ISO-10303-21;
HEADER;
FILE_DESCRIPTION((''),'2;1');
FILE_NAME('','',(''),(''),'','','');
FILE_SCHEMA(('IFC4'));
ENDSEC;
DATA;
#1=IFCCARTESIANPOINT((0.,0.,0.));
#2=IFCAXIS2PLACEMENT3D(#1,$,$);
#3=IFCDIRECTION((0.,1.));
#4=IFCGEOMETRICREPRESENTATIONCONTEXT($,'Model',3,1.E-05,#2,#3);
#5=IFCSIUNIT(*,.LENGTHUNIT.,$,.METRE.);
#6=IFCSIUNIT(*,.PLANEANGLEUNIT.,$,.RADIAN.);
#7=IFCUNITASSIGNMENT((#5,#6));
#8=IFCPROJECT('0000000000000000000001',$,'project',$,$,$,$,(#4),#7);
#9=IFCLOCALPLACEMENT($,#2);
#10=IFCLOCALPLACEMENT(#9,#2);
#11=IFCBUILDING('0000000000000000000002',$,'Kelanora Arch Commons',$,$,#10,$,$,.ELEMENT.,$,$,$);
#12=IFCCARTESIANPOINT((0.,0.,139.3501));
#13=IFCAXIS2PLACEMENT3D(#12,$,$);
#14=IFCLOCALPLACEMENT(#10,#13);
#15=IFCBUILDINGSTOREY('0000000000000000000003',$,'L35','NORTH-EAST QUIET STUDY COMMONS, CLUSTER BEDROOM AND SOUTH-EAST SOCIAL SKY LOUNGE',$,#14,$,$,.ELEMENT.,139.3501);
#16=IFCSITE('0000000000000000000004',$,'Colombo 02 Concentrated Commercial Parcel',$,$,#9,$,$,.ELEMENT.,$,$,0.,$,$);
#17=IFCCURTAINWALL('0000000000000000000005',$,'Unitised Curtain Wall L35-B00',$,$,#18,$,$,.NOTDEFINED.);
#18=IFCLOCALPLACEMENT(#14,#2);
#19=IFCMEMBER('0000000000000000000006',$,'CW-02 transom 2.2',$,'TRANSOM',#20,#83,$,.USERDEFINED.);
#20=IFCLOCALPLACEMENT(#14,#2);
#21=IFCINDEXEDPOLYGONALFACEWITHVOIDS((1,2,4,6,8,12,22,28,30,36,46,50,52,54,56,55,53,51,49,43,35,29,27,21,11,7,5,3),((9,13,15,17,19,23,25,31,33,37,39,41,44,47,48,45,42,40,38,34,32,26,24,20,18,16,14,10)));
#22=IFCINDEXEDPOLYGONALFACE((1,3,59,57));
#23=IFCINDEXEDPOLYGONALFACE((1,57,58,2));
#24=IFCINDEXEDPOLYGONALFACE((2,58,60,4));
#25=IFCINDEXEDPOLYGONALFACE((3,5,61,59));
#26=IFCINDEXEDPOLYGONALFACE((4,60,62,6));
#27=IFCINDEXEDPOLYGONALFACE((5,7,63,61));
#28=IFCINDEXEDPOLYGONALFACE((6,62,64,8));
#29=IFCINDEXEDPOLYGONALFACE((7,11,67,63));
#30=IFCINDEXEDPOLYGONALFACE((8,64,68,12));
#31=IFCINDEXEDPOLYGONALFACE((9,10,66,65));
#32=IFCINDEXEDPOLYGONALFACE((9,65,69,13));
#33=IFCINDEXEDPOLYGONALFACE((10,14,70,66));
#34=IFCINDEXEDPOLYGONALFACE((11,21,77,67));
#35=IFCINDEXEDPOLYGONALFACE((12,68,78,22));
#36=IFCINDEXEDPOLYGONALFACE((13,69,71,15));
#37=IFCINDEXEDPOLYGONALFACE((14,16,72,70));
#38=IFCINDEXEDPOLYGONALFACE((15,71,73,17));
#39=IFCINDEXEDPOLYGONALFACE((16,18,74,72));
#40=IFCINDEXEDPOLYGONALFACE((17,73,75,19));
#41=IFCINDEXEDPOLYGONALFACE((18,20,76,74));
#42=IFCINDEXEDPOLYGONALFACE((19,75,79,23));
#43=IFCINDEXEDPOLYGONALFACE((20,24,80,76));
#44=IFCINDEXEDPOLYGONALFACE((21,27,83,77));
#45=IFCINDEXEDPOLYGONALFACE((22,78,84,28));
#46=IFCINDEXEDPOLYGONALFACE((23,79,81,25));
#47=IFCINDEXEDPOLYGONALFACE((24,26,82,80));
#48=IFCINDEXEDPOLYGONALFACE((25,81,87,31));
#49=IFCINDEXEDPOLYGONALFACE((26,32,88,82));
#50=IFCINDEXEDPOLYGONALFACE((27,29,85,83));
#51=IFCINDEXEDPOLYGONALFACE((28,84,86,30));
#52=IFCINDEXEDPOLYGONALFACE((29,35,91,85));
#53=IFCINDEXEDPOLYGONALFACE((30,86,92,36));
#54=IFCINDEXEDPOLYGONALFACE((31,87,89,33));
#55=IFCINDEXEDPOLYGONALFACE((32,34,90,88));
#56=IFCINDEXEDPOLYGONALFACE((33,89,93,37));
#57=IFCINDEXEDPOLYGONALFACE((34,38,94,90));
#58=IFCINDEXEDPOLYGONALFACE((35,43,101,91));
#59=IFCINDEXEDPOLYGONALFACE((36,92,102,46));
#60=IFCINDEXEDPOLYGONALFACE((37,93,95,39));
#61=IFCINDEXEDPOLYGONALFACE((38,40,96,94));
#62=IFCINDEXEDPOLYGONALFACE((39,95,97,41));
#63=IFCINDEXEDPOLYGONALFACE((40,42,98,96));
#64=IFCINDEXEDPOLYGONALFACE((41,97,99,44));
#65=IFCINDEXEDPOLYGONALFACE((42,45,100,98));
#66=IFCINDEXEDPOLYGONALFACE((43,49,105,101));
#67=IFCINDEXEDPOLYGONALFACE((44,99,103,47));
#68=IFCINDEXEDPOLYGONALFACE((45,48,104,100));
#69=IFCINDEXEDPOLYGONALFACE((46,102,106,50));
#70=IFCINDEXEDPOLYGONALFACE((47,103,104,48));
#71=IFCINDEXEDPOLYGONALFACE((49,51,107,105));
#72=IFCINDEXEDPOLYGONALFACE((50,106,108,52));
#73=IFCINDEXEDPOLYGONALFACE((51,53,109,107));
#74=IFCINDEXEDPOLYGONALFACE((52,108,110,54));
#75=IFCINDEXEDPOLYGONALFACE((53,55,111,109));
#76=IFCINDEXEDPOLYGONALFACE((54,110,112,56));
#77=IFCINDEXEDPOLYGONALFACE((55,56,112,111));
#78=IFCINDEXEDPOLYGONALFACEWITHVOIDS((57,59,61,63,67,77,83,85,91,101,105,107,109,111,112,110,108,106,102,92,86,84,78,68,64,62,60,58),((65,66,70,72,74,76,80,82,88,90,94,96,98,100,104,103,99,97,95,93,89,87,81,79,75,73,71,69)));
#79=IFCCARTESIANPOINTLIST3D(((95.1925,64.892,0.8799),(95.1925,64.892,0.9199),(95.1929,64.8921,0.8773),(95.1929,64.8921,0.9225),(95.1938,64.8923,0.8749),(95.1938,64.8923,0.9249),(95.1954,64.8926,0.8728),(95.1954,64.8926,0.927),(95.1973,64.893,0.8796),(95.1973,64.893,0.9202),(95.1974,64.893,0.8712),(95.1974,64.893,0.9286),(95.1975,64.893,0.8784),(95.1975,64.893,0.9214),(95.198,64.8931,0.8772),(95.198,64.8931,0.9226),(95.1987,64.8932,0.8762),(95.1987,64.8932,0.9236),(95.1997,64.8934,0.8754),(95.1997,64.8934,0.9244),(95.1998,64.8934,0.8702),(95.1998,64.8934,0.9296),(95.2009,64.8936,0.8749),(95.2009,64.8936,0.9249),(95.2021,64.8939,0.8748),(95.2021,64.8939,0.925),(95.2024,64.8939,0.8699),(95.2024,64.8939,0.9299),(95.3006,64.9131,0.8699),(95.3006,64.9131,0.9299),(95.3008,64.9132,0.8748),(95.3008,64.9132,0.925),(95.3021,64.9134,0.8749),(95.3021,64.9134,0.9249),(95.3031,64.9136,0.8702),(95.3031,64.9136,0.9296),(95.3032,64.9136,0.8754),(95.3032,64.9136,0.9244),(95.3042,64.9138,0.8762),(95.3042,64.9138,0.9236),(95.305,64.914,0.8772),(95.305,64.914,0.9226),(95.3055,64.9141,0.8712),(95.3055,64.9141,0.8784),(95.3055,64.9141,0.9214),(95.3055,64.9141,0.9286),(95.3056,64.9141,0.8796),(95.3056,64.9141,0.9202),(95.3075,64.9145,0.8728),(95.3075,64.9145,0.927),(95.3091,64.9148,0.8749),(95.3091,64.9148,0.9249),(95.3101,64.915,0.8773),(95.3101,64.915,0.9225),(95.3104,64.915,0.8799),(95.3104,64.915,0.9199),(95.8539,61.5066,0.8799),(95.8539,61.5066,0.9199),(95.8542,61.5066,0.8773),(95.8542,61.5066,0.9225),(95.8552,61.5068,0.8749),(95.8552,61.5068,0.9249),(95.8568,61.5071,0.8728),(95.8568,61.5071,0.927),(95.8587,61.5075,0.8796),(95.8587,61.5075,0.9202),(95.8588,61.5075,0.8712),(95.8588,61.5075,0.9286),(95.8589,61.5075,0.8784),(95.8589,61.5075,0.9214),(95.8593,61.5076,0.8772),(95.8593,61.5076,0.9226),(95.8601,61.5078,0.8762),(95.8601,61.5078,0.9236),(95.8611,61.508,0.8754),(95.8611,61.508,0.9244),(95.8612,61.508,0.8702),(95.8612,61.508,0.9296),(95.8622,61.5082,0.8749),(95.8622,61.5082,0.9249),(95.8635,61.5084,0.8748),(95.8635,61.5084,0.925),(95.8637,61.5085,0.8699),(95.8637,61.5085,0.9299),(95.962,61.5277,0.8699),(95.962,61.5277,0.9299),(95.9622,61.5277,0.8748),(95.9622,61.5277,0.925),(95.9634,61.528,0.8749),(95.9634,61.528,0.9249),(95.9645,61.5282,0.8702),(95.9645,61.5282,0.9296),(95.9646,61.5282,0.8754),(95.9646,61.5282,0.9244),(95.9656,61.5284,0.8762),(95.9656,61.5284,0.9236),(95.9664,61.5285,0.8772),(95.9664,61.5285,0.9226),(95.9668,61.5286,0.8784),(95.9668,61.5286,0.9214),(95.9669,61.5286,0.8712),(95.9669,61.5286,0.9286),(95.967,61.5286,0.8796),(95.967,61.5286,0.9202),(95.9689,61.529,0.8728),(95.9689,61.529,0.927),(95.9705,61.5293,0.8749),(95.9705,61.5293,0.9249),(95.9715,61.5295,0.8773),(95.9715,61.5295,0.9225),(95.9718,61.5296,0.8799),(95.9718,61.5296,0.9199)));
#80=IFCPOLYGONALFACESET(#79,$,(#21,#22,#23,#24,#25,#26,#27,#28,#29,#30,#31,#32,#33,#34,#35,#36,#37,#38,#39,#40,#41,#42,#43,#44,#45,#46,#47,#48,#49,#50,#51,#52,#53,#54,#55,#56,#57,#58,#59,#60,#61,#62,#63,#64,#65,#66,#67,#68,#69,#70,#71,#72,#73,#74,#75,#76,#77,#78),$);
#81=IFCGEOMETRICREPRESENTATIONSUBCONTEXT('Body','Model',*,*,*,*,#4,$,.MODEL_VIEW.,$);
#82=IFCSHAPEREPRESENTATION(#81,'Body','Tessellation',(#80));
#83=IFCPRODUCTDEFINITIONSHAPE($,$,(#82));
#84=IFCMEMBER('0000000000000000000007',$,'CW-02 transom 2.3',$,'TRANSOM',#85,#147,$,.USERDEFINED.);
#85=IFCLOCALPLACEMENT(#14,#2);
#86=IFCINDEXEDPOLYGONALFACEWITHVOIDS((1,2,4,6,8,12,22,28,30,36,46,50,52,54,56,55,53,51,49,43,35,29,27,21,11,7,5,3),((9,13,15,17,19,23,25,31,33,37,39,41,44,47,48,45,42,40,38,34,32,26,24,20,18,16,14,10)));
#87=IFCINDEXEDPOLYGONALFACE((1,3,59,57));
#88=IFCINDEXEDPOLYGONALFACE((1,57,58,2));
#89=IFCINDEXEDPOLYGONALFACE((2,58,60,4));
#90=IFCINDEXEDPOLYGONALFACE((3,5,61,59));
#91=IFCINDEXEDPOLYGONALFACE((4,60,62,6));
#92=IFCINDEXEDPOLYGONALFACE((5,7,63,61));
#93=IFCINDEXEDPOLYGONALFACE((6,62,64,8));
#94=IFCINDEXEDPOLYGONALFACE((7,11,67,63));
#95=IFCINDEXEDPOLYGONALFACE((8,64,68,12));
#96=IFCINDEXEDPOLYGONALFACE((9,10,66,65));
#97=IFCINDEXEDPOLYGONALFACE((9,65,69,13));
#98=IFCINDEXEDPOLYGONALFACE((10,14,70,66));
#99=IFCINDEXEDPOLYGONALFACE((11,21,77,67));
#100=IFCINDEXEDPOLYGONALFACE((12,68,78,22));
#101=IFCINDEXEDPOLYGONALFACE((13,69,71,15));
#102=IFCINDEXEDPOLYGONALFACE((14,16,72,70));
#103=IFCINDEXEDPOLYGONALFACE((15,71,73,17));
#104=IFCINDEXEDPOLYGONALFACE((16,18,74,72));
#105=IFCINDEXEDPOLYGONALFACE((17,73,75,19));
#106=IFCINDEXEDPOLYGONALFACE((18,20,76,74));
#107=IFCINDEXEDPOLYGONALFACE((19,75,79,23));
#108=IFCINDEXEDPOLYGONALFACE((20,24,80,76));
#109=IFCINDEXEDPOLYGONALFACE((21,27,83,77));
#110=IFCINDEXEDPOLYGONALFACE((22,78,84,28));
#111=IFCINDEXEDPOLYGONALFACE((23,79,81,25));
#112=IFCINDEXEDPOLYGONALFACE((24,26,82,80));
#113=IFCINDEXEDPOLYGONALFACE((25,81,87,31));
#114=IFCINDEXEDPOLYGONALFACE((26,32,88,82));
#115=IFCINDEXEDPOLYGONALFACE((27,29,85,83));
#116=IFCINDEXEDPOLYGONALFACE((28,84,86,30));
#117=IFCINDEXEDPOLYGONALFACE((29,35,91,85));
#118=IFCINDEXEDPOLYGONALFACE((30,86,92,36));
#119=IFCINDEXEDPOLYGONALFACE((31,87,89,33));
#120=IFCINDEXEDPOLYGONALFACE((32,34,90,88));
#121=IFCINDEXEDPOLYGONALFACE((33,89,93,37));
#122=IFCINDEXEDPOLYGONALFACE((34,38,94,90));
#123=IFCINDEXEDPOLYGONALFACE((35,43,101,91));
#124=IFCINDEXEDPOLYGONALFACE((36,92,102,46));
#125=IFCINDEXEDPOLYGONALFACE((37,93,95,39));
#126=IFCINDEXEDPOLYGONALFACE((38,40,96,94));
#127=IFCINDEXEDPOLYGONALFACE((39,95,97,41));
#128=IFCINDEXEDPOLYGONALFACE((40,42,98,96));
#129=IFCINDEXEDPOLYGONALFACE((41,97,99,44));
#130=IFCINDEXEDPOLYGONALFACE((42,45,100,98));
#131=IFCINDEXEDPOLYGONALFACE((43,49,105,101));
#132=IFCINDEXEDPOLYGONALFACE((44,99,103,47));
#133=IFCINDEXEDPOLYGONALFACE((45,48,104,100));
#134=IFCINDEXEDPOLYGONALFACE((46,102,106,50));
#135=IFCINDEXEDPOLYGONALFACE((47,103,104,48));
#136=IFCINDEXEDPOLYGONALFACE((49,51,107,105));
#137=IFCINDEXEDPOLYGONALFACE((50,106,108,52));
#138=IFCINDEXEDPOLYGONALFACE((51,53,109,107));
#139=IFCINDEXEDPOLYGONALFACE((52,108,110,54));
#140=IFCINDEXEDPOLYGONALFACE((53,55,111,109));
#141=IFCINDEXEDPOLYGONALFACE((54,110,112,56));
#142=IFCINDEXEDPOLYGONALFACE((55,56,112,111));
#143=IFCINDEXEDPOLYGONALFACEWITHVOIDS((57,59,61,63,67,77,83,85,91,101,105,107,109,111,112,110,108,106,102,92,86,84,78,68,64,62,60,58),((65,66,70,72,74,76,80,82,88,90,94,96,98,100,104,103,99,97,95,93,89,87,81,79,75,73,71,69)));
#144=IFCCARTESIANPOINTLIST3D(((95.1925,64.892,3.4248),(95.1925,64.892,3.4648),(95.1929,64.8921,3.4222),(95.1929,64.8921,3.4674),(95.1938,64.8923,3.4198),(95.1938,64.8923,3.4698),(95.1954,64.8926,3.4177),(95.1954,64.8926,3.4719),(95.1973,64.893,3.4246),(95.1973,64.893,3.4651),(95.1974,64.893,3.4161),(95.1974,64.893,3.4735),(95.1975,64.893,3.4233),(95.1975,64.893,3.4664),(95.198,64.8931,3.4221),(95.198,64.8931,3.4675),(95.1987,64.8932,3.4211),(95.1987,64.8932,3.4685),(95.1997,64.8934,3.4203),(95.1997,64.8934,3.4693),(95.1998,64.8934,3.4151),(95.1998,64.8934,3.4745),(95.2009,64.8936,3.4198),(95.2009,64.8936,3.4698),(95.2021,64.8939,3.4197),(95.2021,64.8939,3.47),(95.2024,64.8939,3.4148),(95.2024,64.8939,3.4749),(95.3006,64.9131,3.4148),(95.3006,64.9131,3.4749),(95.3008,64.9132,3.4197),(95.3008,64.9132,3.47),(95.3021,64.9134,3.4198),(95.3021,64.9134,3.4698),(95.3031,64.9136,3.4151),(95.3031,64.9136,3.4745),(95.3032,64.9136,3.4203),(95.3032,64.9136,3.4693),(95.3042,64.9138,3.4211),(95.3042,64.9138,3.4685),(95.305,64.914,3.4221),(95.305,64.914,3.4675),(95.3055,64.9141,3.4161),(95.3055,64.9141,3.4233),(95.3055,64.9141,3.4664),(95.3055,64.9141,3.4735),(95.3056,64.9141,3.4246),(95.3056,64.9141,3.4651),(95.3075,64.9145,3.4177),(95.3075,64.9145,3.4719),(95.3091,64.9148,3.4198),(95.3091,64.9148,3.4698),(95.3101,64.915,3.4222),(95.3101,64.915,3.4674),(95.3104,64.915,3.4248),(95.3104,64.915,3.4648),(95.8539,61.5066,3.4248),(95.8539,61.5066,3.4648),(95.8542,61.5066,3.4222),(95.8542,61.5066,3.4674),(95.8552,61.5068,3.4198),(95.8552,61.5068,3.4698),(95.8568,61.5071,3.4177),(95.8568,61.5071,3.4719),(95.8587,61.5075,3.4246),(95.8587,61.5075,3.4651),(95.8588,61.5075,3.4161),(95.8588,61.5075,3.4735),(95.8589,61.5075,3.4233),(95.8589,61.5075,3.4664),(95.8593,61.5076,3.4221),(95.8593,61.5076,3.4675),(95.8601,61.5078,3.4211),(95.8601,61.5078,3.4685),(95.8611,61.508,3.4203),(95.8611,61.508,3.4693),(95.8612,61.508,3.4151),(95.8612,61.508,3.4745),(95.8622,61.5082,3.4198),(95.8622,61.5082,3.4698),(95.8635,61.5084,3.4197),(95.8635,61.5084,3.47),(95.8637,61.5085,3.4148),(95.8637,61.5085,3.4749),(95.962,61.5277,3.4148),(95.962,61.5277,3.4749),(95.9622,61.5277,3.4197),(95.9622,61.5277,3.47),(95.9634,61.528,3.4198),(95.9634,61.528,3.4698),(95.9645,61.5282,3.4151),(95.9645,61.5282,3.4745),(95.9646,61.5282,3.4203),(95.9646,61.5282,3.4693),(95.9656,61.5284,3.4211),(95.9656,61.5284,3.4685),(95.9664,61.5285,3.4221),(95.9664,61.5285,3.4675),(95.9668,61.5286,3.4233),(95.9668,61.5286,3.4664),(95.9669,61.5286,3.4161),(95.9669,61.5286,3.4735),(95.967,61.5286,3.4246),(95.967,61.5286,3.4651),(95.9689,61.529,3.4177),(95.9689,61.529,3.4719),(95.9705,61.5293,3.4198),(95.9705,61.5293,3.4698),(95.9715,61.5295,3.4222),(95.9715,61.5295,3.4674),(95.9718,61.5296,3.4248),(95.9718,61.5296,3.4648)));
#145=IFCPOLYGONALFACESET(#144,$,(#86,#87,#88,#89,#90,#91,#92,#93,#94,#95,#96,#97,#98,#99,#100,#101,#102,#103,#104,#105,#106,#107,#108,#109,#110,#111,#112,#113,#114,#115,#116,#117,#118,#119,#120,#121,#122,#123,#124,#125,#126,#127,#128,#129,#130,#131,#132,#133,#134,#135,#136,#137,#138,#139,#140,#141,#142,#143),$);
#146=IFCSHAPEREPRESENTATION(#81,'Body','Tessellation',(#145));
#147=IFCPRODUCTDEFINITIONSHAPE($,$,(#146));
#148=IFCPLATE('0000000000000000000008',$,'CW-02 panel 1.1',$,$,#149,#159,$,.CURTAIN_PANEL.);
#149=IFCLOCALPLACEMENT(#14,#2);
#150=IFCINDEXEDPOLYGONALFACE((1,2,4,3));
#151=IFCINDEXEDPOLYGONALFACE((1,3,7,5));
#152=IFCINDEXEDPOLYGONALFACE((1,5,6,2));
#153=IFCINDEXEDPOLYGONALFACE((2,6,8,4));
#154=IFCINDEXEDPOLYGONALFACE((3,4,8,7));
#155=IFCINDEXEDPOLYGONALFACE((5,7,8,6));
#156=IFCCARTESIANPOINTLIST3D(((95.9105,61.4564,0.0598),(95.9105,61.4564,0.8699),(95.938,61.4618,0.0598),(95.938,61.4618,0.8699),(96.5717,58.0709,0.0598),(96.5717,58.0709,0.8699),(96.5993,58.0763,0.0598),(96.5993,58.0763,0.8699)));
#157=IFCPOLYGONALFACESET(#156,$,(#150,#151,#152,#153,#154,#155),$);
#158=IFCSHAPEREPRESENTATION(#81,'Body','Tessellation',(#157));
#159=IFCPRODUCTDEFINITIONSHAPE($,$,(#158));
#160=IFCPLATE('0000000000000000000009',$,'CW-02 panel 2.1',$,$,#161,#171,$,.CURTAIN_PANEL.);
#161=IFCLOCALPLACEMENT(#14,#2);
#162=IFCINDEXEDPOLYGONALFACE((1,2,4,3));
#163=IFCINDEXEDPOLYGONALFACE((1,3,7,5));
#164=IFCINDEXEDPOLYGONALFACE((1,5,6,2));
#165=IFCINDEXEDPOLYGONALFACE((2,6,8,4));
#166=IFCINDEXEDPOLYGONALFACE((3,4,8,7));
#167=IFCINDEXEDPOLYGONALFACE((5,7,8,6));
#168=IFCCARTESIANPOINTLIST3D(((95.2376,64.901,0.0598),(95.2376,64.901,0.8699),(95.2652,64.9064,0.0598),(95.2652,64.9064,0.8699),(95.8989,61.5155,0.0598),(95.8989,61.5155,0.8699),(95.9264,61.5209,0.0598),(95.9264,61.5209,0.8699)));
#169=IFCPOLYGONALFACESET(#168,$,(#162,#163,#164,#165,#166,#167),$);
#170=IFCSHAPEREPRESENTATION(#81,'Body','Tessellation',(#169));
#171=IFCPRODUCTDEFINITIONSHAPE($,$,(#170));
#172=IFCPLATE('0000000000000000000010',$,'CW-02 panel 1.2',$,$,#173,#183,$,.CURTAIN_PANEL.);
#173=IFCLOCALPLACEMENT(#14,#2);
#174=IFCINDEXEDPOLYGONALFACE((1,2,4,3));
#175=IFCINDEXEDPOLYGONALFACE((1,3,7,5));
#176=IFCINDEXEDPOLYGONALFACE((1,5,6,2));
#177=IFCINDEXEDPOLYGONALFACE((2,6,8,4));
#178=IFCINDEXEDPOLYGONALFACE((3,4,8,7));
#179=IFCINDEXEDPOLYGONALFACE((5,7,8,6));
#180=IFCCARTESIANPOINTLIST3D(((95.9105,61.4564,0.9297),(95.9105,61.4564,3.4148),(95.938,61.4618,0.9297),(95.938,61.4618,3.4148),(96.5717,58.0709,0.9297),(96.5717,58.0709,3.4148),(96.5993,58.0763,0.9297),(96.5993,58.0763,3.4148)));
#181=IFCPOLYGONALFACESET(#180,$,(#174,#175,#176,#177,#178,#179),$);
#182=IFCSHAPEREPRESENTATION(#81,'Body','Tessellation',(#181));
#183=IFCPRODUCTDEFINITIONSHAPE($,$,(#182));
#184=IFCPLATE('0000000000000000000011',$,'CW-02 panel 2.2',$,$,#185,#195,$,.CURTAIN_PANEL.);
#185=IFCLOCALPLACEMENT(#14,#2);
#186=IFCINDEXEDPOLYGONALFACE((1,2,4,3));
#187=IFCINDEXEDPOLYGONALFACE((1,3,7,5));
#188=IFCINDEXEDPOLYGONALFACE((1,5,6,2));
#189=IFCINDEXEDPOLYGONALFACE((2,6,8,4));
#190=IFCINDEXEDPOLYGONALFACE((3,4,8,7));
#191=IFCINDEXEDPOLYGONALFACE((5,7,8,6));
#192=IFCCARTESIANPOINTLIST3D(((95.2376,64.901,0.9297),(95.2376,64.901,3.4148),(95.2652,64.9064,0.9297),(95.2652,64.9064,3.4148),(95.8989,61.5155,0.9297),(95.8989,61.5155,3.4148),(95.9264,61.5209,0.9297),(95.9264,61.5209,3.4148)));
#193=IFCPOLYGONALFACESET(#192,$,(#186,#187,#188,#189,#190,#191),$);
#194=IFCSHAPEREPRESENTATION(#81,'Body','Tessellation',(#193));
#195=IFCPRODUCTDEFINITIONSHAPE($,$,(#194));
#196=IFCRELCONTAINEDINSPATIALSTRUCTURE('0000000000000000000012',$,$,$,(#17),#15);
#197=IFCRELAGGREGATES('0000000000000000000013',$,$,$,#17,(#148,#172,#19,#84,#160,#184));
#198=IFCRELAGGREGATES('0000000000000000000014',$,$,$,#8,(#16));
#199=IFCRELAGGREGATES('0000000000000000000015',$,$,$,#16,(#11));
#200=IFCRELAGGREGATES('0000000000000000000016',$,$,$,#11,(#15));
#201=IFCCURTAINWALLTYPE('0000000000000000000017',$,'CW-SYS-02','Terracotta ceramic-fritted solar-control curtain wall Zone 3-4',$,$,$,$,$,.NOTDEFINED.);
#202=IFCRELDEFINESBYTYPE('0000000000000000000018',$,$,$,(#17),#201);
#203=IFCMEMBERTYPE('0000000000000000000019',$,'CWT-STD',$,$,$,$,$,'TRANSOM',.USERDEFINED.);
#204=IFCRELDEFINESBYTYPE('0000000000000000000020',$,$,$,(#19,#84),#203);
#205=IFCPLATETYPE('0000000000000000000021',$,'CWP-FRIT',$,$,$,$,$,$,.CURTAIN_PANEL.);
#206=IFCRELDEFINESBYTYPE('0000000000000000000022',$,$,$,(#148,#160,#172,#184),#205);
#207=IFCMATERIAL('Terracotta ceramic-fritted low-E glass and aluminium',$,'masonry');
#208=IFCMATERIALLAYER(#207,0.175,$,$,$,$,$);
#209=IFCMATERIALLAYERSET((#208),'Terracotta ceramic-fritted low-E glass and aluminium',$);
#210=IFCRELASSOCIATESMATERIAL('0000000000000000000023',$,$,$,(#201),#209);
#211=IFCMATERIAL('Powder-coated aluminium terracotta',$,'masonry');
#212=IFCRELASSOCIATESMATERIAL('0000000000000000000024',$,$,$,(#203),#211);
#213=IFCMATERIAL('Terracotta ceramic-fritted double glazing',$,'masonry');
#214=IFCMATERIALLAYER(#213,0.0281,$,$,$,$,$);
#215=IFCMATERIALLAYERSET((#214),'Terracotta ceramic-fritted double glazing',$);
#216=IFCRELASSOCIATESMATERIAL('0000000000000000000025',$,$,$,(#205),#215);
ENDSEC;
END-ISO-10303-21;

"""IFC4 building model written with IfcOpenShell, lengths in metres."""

from ifc_helpers import new_model, si_unit, direction, frame, origin, origin_2d, place, context, subcontext, project, spatial, rectangle, hollow_rectangle, extrude, source, transform, mapped, material, layer, layer_set, material_profile, profile_set, type_object, element, aggregate, save


model = new_model("IFC4")

# Units and contexts
model_context = context("Model", 3, precision=1e-05, world=origin(), true_north=direction((0.0, 1.0)))
body_context = subcontext(model_context, "Body", "Model", "MODEL_VIEW")
ifc_project = project(units=[si_unit("LENGTHUNIT", "METRE"), si_unit("PLANEANGLEUNIT", "RADIAN")], contexts=[model_context])

# Site, building, storey
site_placement = place(None, origin())
site = spatial("IfcSite", under=ifc_project, at=site_placement, Name="Colombo 02 Concentrated Commercial Parcel", CompositionType="ELEMENT", RefElevation=0.0)
building_placement = place(site_placement, origin())
building = spatial("IfcBuilding", under=site, at=building_placement, Name="Kelanora Arch Commons", CompositionType="ELEMENT")
storey_placement = place(building_placement, frame((0.0, 0.0, 139.3501)))
storey = spatial("IfcBuildingStorey", under=building, at=storey_placement, Name="L35", Description="NORTH-EAST QUIET STUDY COMMONS, CLUSTER BEDROOM AND SOUTH-EAST SOCIAL SKY LOUNGE", CompositionType="ELEMENT", Elevation=139.3501)

# Curtain wall, members, plates
ifc_material_1 = material(Name="Terracotta ceramic-fritted low-E glass and aluminium", Category="masonry")
ifc_layer_1 = layer(ifc_material_1, 0.175)
ifc_layer_set_1 = layer_set([ifc_layer_1], Name="Terracotta ceramic-fritted low-E glass and aluminium")
curtain_wall_type = type_object("IfcCurtainWallType", Name="CW-SYS-02", Description="Terracotta ceramic-fritted solar-control curtain wall Zone 3-4", PredefinedType="NOTDEFINED", material=ifc_layer_set_1)
curtain_wall_placement = place(storey_placement, origin())
curtain_wall = element("IfcCurtainWall", 1, at=curtain_wall_placement, inside=storey, type_object=curtain_wall_type, Name="Unitised Curtain Wall L35-B00", PredefinedType="NOTDEFINED")
ifc_material_2 = material(Name="Powder-coated aluminium terracotta", Category="masonry")
ifc_material_profile_1 = material_profile(ifc_material_2, hollow_rectangle(XDim=0.1201, YDim=0.0601, WallThickness=0.0049, InnerFilletRadius=0.0049, OuterFilletRadius=0.01, at=origin_2d()), Name="CWT120x60")
ifc_profile_set_1 = profile_set([ifc_material_profile_1], Name="Powder-coated aluminium terracotta")
member_type_1 = type_object("IfcMemberType", Name="CWT-STD", ElementType="TRANSOM", PredefinedType="USERDEFINED", material=ifc_profile_set_1)
member_1_placement = place(storey_placement, frame((95.9128, 61.5181, 0.8999), z_axis=(-0.191732, 0.981447, 0.0), x_axis=(-0.981447, -0.191732, 0.0)))
member_1 = element("IfcMember", 2, at=member_1_placement, type_object=member_type_1, Name="CW-02 transom 2.2", ObjectType="TRANSOM", PredefinedType="USERDEFINED", context=body_context, shape_type="SweptSolid", body=[
    extrude(hollow_rectangle(XDim=0.1201, YDim=0.0601, WallThickness=0.0049, InnerFilletRadius=0.0049, OuterFilletRadius=0.01, at=origin_2d()), origin(), (0.0, 0.0, 1.0), 3.4495),
])
member_2_placement = place(storey_placement, frame((95.9128, 61.5181, 3.4448), z_axis=(-0.191732, 0.981447, 0.0), x_axis=(-0.981447, -0.191732, 0.0)))
member_2 = element("IfcMember", 3, at=member_2_placement, type_object=member_type_1, Name="CW-02 transom 2.3", ObjectType="TRANSOM", PredefinedType="USERDEFINED", context=body_context, shape_type="SweptSolid", body=[
    extrude(hollow_rectangle(XDim=0.1201, YDim=0.0601, WallThickness=0.0049, InnerFilletRadius=0.0049, OuterFilletRadius=0.01, at=origin_2d()), origin(), (0.0, 0.0, 1.0), 3.4495),
])
ifc_material_3 = material(Name="Terracotta ceramic-fritted double glazing", Category="masonry")
ifc_layer_2 = layer(ifc_material_3, 0.0281)
ifc_layer_set_2 = layer_set([ifc_layer_2], Name="Terracotta ceramic-fritted double glazing")
plate_type = type_object("IfcPlateType", Name="CWP-FRIT", PredefinedType="CURTAIN_PANEL", material=ifc_layer_set_2)
shared_shape_1 = source(origin(), body_context, "Body", "SweptSolid", [
    extrude(rectangle(XDim=3.4495, YDim=0.0281, at=origin_2d()), origin(), (0.0, 0.0, 1.0), 0.8101),
])
plate_1_placement = place(storey_placement, frame((96.2549, 59.7664, 0.0598), z_axis=(0.0, 0.0, 1.0), x_axis=(-0.191705, 0.981453, 0.0)))
plate_1 = element("IfcPlate", 4, at=plate_1_placement, type_object=plate_type, Name="CW-02 panel 1.1", PredefinedType="CURTAIN_PANEL", context=body_context, shape_type="MappedRepresentation", body=[
    mapped(shared_shape_1, transform((0.0, 0.0, 0.0), scale=1.0)),
])
plate_2_placement = place(storey_placement, frame((95.582, 63.2109, 0.0598), z_axis=(0.0, 0.0, 1.0), x_axis=(-0.191705, 0.981453, 0.0)))
plate_2 = element("IfcPlate", 5, at=plate_2_placement, type_object=plate_type, Name="CW-02 panel 2.1", PredefinedType="CURTAIN_PANEL", context=body_context, shape_type="MappedRepresentation", body=[
    mapped(shared_shape_1, transform((0.0, 0.0, 0.0), scale=1.0)),
])
shared_shape_2 = source(origin(), body_context, "Body", "SweptSolid", [
    extrude(rectangle(XDim=3.4495, YDim=0.0281, at=origin_2d()), origin(), (0.0, 0.0, 1.0), 2.4851),
])
plate_3_placement = place(storey_placement, frame((96.2549, 59.7664, 0.9297), z_axis=(0.0, 0.0, 1.0), x_axis=(-0.191705, 0.981453, 0.0)))
plate_3 = element("IfcPlate", 6, at=plate_3_placement, type_object=plate_type, Name="CW-02 panel 1.2", PredefinedType="CURTAIN_PANEL", context=body_context, shape_type="MappedRepresentation", body=[
    mapped(shared_shape_2, transform((0.0, 0.0, 0.0), scale=1.0)),
])
plate_4_placement = place(storey_placement, frame((95.582, 63.2109, 0.9297), z_axis=(0.0, 0.0, 1.0), x_axis=(-0.191705, 0.981453, 0.0)))
plate_4 = element("IfcPlate", 7, at=plate_4_placement, type_object=plate_type, Name="CW-02 panel 2.2", PredefinedType="CURTAIN_PANEL", context=body_context, shape_type="MappedRepresentation", body=[
    mapped(shared_shape_2, transform((0.0, 0.0, 0.0), scale=1.0)),
])
aggregate(curtain_wall, [plate_1, plate_3, member_1, member_2, plate_2, plate_4])

save(model, "model.ifc")
